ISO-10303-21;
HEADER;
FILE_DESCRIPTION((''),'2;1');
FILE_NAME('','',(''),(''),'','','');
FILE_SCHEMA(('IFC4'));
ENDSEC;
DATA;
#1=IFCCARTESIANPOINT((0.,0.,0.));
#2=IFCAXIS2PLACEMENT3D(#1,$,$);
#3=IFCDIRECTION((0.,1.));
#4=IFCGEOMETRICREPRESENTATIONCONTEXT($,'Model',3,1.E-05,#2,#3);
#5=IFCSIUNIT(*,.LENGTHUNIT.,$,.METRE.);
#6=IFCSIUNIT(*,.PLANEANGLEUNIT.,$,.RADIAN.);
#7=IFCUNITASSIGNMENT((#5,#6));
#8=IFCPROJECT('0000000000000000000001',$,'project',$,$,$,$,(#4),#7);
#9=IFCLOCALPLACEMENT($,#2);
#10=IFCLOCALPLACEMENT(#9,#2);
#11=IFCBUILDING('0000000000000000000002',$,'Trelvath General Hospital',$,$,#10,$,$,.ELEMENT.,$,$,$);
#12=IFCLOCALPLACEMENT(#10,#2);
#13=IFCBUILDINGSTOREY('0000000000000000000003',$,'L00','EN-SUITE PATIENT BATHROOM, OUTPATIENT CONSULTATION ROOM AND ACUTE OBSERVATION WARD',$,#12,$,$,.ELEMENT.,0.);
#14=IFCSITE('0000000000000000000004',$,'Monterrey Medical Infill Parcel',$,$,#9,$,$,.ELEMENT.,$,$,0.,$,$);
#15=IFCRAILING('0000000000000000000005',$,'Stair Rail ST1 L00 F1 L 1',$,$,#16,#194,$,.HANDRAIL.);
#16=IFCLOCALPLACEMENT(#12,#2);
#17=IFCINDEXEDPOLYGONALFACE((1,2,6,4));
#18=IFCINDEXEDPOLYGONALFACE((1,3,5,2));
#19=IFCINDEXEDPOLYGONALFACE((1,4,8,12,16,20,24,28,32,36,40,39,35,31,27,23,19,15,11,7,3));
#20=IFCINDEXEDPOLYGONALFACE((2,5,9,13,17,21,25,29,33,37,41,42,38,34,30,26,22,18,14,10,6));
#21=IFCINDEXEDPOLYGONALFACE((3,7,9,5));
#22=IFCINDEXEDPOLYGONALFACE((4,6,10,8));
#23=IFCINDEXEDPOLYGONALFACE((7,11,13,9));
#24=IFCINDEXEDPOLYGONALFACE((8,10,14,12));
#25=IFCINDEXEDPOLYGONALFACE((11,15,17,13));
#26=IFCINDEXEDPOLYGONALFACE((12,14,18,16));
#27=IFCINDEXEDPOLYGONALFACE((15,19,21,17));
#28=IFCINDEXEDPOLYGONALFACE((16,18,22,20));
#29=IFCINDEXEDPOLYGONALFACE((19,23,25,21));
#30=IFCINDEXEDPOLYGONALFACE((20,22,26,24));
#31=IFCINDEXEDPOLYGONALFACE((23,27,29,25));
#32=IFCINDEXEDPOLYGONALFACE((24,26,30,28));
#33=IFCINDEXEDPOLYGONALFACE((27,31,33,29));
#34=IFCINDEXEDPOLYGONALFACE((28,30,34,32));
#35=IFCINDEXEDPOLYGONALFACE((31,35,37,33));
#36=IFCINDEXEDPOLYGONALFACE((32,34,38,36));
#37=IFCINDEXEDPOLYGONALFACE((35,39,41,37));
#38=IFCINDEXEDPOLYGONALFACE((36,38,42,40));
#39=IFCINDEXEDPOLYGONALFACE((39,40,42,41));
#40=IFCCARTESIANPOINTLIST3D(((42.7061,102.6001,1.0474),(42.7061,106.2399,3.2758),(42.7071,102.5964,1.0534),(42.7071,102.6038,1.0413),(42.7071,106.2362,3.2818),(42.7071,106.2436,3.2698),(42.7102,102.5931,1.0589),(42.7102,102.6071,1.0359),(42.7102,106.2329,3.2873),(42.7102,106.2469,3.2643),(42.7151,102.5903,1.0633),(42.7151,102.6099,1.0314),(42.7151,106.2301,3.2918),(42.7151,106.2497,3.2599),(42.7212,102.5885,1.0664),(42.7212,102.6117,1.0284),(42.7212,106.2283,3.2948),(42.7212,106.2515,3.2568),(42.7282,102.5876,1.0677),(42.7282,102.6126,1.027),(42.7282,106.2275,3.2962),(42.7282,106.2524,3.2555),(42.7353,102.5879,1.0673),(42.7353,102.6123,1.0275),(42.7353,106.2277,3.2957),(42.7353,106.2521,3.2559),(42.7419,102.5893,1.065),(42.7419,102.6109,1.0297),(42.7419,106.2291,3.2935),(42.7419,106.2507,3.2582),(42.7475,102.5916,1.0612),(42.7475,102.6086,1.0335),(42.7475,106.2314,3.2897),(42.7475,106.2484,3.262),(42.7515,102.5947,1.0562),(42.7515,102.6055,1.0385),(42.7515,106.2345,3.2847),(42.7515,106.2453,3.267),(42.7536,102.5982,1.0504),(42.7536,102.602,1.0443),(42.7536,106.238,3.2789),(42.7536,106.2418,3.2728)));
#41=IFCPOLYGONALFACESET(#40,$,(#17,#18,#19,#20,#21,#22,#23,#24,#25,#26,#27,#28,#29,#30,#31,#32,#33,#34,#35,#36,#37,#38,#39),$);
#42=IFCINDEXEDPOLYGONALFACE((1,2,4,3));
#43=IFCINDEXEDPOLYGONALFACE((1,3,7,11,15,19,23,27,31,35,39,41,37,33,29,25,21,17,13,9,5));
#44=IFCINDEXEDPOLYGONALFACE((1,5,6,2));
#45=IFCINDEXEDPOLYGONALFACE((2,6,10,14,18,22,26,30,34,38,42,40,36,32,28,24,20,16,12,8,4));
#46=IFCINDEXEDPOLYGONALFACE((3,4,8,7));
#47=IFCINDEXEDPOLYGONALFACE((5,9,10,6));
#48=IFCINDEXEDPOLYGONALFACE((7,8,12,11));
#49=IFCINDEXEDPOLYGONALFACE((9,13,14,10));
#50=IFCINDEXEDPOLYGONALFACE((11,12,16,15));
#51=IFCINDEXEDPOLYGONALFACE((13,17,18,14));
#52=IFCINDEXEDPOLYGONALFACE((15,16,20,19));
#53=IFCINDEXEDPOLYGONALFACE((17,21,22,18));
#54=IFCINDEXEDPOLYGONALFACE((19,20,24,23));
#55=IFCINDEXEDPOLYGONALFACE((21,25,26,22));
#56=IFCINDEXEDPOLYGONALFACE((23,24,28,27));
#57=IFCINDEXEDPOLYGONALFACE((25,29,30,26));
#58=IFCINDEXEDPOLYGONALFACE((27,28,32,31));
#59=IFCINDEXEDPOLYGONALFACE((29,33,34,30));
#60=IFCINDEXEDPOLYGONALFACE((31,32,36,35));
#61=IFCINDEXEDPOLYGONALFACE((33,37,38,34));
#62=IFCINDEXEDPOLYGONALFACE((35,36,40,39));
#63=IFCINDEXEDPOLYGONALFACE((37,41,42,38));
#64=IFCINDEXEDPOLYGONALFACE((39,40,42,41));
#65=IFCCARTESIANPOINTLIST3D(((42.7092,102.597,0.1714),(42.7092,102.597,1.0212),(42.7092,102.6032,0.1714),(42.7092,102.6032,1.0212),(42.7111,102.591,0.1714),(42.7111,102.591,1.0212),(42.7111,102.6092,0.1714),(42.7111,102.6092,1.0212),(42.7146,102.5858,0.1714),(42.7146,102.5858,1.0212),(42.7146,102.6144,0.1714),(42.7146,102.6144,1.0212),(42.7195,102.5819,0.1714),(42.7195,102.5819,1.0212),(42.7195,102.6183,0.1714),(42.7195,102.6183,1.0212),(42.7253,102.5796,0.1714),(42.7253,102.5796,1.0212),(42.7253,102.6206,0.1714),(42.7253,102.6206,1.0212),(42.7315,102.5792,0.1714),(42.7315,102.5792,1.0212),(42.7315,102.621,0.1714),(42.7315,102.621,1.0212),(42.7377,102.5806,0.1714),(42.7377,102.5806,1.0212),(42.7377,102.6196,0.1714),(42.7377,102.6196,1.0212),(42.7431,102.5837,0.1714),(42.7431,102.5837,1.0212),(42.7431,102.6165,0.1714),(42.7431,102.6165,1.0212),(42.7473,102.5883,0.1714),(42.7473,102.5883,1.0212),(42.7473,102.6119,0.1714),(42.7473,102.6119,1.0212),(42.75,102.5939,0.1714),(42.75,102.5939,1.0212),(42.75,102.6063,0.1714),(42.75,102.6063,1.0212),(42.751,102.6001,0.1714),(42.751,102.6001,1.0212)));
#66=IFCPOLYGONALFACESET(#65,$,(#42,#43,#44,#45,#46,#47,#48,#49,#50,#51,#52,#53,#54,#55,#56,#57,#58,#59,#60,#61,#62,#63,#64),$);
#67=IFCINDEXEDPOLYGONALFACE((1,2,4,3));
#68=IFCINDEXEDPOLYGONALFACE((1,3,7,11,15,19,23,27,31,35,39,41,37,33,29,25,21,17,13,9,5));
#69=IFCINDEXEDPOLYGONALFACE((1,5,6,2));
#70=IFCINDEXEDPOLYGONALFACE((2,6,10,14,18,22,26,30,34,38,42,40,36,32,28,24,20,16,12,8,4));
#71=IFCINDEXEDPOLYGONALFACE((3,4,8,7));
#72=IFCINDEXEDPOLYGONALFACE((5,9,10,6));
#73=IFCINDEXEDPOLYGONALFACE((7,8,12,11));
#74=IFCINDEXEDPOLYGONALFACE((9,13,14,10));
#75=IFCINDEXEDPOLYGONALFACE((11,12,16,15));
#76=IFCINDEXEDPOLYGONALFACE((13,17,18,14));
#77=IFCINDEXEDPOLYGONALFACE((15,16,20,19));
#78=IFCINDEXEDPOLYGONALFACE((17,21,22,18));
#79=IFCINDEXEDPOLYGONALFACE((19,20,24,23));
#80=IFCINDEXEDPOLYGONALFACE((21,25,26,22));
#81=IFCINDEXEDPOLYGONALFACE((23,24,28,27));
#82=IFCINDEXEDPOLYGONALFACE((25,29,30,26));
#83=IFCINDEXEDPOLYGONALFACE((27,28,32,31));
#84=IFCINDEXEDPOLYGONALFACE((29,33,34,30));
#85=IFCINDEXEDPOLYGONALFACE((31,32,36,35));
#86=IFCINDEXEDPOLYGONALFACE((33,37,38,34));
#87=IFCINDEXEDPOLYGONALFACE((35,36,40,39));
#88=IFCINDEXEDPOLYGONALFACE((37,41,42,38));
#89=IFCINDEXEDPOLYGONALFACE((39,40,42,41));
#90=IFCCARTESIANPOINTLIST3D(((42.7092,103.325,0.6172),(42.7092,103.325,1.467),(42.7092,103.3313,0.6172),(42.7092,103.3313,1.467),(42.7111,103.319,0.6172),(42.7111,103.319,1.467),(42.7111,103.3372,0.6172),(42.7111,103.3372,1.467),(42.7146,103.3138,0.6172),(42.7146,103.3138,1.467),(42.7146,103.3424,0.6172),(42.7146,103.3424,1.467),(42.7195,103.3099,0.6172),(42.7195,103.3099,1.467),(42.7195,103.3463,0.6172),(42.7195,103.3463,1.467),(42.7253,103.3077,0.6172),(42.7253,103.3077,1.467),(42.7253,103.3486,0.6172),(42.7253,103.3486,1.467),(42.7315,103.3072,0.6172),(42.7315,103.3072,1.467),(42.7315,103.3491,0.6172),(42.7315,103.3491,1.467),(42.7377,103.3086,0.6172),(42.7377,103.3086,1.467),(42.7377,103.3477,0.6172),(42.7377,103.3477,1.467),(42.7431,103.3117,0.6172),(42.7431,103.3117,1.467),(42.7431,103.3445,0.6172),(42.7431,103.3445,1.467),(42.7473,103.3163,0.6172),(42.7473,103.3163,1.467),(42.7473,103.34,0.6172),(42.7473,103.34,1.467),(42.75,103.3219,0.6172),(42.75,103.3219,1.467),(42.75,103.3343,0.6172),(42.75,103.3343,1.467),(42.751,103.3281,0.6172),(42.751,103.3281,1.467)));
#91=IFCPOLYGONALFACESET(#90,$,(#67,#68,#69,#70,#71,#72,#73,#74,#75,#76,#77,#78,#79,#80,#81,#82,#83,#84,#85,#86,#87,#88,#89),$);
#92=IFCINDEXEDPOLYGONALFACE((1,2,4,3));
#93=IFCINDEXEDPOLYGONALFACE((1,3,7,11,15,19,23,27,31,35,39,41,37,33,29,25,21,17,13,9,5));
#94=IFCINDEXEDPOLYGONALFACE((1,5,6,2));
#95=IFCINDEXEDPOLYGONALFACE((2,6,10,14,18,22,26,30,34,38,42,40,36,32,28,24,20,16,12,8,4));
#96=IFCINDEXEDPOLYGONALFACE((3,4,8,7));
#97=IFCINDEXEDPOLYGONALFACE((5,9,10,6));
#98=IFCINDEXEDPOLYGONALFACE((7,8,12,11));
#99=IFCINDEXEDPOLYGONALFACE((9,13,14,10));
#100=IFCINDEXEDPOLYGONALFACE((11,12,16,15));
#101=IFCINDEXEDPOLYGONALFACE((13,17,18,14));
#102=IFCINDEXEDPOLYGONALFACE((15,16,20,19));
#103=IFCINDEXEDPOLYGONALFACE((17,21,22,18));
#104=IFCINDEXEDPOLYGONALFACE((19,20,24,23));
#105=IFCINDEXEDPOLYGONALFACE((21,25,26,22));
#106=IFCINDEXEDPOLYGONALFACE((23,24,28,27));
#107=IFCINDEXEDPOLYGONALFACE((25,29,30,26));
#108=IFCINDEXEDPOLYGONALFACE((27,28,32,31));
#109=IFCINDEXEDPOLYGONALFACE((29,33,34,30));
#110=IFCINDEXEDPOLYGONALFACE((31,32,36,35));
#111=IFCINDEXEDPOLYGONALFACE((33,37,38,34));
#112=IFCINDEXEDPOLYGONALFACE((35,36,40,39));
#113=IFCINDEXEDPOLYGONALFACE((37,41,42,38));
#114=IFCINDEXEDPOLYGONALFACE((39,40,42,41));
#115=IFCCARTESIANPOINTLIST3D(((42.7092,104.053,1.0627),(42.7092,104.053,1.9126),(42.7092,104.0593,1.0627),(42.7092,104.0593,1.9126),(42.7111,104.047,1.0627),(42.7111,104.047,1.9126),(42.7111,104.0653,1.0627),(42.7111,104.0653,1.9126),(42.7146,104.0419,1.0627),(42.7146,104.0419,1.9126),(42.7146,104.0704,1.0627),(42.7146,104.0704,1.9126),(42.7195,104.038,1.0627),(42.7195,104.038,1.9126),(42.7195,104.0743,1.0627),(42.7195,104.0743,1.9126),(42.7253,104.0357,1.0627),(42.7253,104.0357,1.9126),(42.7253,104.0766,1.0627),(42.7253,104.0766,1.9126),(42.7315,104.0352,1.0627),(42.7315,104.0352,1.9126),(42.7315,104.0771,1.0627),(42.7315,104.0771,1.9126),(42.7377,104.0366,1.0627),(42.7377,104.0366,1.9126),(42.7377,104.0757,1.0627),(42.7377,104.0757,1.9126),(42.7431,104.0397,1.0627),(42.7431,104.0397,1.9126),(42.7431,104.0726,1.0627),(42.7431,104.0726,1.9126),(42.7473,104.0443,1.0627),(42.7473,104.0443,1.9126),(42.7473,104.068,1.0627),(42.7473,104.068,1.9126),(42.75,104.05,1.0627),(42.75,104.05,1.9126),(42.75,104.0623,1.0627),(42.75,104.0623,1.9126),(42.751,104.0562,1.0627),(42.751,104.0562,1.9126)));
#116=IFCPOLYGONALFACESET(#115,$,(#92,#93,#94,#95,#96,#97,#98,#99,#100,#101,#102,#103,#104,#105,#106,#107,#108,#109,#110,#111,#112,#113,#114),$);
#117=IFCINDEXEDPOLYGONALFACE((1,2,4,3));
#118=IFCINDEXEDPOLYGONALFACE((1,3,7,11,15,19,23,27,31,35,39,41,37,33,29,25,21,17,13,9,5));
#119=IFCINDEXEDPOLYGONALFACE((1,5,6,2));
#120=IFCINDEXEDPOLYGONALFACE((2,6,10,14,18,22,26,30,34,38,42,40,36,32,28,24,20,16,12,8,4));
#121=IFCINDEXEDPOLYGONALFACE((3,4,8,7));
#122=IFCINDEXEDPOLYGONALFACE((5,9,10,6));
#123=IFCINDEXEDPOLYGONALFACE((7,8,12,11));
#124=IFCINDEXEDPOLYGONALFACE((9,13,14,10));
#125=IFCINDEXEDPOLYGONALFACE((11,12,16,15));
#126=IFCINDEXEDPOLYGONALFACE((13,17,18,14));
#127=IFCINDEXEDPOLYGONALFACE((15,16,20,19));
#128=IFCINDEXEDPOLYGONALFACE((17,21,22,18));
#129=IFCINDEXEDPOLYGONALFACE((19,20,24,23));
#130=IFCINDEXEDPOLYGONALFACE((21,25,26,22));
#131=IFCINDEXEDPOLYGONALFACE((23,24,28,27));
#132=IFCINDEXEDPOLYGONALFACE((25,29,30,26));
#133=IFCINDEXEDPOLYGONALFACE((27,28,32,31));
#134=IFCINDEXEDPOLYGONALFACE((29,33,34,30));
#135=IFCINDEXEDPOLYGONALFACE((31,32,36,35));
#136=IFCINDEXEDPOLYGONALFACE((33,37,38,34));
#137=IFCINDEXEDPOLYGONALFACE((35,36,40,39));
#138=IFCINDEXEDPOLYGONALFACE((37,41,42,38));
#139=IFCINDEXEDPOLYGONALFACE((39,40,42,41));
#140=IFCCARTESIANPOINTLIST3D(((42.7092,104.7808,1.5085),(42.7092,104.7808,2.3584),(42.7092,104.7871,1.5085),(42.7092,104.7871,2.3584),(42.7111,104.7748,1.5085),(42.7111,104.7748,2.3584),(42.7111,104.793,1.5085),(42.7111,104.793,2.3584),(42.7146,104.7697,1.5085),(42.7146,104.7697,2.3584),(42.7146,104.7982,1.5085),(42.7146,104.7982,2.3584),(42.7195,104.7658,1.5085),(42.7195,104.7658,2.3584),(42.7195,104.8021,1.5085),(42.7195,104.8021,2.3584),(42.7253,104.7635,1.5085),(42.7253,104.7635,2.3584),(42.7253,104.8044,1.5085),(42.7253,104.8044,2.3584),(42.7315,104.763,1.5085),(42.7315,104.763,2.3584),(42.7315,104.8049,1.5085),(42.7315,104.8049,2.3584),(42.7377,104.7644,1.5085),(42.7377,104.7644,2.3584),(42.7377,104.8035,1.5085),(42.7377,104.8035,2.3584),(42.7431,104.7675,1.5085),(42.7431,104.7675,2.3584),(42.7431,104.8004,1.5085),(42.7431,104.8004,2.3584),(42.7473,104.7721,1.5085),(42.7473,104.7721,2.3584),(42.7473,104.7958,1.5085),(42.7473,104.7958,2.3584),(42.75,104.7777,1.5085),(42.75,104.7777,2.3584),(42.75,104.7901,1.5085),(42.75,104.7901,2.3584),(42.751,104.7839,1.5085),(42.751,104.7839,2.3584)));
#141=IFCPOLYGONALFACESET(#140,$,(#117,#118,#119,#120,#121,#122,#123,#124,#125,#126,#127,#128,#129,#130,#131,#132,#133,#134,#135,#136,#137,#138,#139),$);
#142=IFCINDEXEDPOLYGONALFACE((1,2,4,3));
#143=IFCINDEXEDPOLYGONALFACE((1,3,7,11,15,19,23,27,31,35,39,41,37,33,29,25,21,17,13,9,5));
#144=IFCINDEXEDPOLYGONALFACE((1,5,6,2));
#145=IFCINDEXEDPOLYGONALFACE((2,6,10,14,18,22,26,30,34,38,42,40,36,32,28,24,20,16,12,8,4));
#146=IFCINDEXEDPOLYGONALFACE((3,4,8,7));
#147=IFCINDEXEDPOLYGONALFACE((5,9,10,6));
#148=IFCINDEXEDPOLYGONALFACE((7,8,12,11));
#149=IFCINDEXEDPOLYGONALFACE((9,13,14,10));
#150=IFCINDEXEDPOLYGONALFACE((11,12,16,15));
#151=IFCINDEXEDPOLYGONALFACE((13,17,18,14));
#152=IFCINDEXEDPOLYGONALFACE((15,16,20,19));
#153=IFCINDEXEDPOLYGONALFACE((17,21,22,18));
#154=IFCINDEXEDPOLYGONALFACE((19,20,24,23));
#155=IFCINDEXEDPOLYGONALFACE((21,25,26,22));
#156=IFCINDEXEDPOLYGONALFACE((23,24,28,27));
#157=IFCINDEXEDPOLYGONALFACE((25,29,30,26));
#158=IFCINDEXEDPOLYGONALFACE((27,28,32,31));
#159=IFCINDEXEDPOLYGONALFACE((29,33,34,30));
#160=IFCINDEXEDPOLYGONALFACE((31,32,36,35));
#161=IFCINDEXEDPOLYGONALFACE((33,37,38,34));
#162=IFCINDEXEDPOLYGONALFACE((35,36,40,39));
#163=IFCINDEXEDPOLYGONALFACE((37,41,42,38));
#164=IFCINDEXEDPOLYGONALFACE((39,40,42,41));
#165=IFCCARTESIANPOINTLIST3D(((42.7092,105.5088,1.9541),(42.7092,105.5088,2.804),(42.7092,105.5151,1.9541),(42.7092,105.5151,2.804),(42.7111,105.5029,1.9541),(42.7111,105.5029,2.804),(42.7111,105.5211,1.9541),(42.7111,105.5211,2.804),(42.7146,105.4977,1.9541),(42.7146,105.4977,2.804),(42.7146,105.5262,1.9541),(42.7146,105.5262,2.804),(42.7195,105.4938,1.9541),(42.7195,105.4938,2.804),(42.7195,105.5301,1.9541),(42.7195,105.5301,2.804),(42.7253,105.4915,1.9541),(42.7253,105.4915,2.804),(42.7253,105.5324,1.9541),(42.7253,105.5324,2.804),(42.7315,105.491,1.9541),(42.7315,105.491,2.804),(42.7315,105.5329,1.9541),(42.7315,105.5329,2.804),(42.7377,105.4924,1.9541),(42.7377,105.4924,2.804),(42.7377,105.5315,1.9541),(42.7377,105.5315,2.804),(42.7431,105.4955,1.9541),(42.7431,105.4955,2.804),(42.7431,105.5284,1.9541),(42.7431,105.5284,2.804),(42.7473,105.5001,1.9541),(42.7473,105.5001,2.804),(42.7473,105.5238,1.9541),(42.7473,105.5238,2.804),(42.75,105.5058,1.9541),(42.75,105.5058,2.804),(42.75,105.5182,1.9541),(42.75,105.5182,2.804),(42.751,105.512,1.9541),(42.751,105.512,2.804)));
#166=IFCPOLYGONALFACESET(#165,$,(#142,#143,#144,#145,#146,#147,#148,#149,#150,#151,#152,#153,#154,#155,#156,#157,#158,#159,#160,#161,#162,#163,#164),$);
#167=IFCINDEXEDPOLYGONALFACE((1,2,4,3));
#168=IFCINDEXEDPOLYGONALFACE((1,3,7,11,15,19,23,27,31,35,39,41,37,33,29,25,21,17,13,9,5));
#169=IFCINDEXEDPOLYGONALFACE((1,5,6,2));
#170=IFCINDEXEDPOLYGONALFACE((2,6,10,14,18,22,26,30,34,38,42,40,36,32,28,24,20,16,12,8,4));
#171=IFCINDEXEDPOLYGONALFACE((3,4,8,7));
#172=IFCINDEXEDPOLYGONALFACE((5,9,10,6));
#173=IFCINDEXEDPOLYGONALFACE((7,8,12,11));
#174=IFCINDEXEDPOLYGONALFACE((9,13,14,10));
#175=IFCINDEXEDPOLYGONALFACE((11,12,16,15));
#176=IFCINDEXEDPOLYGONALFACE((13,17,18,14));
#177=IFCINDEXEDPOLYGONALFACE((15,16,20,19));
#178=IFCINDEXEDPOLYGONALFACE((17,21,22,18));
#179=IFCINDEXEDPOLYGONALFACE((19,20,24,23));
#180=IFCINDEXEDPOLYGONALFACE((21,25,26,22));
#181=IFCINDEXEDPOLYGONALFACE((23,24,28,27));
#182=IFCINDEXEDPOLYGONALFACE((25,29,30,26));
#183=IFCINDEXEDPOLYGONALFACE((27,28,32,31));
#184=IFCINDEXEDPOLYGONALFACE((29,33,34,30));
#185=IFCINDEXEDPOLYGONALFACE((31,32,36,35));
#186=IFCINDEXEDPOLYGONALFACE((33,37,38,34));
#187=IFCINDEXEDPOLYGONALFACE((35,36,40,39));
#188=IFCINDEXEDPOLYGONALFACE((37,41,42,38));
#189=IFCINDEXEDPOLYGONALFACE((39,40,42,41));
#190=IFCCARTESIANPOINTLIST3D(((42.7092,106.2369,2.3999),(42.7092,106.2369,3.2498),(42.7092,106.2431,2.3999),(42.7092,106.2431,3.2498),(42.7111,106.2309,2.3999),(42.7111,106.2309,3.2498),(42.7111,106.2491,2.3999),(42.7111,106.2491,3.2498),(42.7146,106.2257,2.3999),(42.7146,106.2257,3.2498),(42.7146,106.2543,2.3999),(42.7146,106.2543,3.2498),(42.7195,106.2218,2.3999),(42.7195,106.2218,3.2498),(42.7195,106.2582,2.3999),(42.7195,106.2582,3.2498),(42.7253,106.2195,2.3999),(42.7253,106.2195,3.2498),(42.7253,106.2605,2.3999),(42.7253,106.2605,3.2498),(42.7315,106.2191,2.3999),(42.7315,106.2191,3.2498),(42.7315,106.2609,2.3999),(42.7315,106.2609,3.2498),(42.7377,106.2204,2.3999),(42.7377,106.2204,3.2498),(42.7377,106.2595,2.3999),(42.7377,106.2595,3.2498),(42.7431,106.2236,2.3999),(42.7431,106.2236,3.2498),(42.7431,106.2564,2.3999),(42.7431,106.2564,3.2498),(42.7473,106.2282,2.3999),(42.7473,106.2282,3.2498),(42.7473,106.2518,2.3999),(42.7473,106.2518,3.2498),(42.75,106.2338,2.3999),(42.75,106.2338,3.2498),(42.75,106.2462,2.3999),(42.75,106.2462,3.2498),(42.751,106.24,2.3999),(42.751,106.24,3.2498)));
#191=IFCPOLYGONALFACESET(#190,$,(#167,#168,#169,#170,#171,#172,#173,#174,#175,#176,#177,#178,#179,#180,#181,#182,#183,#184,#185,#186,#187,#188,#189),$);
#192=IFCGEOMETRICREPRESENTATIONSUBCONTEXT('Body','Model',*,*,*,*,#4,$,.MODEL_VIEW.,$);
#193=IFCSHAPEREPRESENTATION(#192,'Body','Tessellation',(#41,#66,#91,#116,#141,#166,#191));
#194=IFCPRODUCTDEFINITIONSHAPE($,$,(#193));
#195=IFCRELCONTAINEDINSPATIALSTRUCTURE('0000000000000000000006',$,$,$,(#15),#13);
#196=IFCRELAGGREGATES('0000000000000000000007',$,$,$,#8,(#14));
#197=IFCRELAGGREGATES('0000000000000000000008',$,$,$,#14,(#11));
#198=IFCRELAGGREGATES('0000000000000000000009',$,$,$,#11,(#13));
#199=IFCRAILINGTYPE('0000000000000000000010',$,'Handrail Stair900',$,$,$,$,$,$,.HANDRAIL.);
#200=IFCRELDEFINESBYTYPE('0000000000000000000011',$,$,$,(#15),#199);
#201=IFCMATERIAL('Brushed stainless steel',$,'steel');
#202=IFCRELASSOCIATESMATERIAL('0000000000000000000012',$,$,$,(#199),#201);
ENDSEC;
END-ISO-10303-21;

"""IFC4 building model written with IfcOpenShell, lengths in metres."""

from ifc_helpers import new_model, si_unit, direction, frame, origin, origin_2d, place, context, subcontext, project, spatial, circle, extrude, material, type_object, element, save


model = new_model("IFC4")

# Units and contexts
model_context = context("Model", 3, precision=1e-05, world=origin(), true_north=direction((0.0, 1.0)))
body_context = subcontext(model_context, "Body", "Model", "MODEL_VIEW")
ifc_project = project(units=[si_unit("LENGTHUNIT", "METRE"), si_unit("PLANEANGLEUNIT", "RADIAN")], contexts=[model_context])

# Site, building, storey
site_placement = place(None, origin())
site = spatial("IfcSite", under=ifc_project, at=site_placement, Name="Monterrey Medical Infill Parcel", CompositionType="ELEMENT", RefElevation=0.0)
building_placement = place(site_placement, origin())
building = spatial("IfcBuilding", under=site, at=building_placement, Name="Trelvath General Hospital", CompositionType="ELEMENT")
storey_placement = place(building_placement, origin())
storey = spatial("IfcBuildingStorey", under=building, at=storey_placement, Name="L00", Description="EN-SUITE PATIENT BATHROOM, OUTPATIENT CONSULTATION ROOM AND ACUTE OBSERVATION WARD", CompositionType="ELEMENT", Elevation=0.0)

# Railing
ifc_material_1 = material(Name="Brushed stainless steel", Category="steel")
railing_type = type_object("IfcRailingType", Name="Handrail Stair900", PredefinedType="HANDRAIL", material=ifc_material_1)
railing_placement = place(storey_placement, frame((42.73, 102.6001, 0.1714)))
element("IfcRailing", 1, at=railing_placement, inside=storey, type_object=railing_type, Name="Stair Rail ST1 L00 F1 L 1", PredefinedType="HANDRAIL", context=body_context, shape_type="SweptSolid", body=[
    extrude(circle(Radius=0.0239, at=origin_2d()), frame((0.0, 0.0, 0.876), z_axis=(0.0, 0.85285, 0.522156), x_axis=(-1.0, 0.0, 0.0)), (0.0, 0.0, 1.0), 4.2678),
    extrude(circle(Radius=0.021, at=origin_2d()), origin(), (0.0, 0.0, 1.0), 0.8499),
    extrude(circle(Radius=0.021, at=origin_2d()), frame((0.0, 0.728, 0.4458)), (0.0, 0.0, 1.0), 0.8499),
    extrude(circle(Radius=0.021, at=origin_2d()), frame((0.0, 1.4561, 0.8914)), (0.0, 0.0, 1.0), 0.8499),
    extrude(circle(Radius=0.021, at=origin_2d()), frame((0.0, 2.1838, 1.3372)), (0.0, 0.0, 1.0), 0.8499),
    extrude(circle(Radius=0.021, at=origin_2d()), frame((0.0, 2.9119, 1.7827)), (0.0, 0.0, 1.0), 0.8499),
    extrude(circle(Radius=0.021, at=origin_2d()), frame((0.0, 3.6399, 2.2285)), (0.0, 0.0, 1.0), 0.8499),
])

save(model, "model.ifc")
